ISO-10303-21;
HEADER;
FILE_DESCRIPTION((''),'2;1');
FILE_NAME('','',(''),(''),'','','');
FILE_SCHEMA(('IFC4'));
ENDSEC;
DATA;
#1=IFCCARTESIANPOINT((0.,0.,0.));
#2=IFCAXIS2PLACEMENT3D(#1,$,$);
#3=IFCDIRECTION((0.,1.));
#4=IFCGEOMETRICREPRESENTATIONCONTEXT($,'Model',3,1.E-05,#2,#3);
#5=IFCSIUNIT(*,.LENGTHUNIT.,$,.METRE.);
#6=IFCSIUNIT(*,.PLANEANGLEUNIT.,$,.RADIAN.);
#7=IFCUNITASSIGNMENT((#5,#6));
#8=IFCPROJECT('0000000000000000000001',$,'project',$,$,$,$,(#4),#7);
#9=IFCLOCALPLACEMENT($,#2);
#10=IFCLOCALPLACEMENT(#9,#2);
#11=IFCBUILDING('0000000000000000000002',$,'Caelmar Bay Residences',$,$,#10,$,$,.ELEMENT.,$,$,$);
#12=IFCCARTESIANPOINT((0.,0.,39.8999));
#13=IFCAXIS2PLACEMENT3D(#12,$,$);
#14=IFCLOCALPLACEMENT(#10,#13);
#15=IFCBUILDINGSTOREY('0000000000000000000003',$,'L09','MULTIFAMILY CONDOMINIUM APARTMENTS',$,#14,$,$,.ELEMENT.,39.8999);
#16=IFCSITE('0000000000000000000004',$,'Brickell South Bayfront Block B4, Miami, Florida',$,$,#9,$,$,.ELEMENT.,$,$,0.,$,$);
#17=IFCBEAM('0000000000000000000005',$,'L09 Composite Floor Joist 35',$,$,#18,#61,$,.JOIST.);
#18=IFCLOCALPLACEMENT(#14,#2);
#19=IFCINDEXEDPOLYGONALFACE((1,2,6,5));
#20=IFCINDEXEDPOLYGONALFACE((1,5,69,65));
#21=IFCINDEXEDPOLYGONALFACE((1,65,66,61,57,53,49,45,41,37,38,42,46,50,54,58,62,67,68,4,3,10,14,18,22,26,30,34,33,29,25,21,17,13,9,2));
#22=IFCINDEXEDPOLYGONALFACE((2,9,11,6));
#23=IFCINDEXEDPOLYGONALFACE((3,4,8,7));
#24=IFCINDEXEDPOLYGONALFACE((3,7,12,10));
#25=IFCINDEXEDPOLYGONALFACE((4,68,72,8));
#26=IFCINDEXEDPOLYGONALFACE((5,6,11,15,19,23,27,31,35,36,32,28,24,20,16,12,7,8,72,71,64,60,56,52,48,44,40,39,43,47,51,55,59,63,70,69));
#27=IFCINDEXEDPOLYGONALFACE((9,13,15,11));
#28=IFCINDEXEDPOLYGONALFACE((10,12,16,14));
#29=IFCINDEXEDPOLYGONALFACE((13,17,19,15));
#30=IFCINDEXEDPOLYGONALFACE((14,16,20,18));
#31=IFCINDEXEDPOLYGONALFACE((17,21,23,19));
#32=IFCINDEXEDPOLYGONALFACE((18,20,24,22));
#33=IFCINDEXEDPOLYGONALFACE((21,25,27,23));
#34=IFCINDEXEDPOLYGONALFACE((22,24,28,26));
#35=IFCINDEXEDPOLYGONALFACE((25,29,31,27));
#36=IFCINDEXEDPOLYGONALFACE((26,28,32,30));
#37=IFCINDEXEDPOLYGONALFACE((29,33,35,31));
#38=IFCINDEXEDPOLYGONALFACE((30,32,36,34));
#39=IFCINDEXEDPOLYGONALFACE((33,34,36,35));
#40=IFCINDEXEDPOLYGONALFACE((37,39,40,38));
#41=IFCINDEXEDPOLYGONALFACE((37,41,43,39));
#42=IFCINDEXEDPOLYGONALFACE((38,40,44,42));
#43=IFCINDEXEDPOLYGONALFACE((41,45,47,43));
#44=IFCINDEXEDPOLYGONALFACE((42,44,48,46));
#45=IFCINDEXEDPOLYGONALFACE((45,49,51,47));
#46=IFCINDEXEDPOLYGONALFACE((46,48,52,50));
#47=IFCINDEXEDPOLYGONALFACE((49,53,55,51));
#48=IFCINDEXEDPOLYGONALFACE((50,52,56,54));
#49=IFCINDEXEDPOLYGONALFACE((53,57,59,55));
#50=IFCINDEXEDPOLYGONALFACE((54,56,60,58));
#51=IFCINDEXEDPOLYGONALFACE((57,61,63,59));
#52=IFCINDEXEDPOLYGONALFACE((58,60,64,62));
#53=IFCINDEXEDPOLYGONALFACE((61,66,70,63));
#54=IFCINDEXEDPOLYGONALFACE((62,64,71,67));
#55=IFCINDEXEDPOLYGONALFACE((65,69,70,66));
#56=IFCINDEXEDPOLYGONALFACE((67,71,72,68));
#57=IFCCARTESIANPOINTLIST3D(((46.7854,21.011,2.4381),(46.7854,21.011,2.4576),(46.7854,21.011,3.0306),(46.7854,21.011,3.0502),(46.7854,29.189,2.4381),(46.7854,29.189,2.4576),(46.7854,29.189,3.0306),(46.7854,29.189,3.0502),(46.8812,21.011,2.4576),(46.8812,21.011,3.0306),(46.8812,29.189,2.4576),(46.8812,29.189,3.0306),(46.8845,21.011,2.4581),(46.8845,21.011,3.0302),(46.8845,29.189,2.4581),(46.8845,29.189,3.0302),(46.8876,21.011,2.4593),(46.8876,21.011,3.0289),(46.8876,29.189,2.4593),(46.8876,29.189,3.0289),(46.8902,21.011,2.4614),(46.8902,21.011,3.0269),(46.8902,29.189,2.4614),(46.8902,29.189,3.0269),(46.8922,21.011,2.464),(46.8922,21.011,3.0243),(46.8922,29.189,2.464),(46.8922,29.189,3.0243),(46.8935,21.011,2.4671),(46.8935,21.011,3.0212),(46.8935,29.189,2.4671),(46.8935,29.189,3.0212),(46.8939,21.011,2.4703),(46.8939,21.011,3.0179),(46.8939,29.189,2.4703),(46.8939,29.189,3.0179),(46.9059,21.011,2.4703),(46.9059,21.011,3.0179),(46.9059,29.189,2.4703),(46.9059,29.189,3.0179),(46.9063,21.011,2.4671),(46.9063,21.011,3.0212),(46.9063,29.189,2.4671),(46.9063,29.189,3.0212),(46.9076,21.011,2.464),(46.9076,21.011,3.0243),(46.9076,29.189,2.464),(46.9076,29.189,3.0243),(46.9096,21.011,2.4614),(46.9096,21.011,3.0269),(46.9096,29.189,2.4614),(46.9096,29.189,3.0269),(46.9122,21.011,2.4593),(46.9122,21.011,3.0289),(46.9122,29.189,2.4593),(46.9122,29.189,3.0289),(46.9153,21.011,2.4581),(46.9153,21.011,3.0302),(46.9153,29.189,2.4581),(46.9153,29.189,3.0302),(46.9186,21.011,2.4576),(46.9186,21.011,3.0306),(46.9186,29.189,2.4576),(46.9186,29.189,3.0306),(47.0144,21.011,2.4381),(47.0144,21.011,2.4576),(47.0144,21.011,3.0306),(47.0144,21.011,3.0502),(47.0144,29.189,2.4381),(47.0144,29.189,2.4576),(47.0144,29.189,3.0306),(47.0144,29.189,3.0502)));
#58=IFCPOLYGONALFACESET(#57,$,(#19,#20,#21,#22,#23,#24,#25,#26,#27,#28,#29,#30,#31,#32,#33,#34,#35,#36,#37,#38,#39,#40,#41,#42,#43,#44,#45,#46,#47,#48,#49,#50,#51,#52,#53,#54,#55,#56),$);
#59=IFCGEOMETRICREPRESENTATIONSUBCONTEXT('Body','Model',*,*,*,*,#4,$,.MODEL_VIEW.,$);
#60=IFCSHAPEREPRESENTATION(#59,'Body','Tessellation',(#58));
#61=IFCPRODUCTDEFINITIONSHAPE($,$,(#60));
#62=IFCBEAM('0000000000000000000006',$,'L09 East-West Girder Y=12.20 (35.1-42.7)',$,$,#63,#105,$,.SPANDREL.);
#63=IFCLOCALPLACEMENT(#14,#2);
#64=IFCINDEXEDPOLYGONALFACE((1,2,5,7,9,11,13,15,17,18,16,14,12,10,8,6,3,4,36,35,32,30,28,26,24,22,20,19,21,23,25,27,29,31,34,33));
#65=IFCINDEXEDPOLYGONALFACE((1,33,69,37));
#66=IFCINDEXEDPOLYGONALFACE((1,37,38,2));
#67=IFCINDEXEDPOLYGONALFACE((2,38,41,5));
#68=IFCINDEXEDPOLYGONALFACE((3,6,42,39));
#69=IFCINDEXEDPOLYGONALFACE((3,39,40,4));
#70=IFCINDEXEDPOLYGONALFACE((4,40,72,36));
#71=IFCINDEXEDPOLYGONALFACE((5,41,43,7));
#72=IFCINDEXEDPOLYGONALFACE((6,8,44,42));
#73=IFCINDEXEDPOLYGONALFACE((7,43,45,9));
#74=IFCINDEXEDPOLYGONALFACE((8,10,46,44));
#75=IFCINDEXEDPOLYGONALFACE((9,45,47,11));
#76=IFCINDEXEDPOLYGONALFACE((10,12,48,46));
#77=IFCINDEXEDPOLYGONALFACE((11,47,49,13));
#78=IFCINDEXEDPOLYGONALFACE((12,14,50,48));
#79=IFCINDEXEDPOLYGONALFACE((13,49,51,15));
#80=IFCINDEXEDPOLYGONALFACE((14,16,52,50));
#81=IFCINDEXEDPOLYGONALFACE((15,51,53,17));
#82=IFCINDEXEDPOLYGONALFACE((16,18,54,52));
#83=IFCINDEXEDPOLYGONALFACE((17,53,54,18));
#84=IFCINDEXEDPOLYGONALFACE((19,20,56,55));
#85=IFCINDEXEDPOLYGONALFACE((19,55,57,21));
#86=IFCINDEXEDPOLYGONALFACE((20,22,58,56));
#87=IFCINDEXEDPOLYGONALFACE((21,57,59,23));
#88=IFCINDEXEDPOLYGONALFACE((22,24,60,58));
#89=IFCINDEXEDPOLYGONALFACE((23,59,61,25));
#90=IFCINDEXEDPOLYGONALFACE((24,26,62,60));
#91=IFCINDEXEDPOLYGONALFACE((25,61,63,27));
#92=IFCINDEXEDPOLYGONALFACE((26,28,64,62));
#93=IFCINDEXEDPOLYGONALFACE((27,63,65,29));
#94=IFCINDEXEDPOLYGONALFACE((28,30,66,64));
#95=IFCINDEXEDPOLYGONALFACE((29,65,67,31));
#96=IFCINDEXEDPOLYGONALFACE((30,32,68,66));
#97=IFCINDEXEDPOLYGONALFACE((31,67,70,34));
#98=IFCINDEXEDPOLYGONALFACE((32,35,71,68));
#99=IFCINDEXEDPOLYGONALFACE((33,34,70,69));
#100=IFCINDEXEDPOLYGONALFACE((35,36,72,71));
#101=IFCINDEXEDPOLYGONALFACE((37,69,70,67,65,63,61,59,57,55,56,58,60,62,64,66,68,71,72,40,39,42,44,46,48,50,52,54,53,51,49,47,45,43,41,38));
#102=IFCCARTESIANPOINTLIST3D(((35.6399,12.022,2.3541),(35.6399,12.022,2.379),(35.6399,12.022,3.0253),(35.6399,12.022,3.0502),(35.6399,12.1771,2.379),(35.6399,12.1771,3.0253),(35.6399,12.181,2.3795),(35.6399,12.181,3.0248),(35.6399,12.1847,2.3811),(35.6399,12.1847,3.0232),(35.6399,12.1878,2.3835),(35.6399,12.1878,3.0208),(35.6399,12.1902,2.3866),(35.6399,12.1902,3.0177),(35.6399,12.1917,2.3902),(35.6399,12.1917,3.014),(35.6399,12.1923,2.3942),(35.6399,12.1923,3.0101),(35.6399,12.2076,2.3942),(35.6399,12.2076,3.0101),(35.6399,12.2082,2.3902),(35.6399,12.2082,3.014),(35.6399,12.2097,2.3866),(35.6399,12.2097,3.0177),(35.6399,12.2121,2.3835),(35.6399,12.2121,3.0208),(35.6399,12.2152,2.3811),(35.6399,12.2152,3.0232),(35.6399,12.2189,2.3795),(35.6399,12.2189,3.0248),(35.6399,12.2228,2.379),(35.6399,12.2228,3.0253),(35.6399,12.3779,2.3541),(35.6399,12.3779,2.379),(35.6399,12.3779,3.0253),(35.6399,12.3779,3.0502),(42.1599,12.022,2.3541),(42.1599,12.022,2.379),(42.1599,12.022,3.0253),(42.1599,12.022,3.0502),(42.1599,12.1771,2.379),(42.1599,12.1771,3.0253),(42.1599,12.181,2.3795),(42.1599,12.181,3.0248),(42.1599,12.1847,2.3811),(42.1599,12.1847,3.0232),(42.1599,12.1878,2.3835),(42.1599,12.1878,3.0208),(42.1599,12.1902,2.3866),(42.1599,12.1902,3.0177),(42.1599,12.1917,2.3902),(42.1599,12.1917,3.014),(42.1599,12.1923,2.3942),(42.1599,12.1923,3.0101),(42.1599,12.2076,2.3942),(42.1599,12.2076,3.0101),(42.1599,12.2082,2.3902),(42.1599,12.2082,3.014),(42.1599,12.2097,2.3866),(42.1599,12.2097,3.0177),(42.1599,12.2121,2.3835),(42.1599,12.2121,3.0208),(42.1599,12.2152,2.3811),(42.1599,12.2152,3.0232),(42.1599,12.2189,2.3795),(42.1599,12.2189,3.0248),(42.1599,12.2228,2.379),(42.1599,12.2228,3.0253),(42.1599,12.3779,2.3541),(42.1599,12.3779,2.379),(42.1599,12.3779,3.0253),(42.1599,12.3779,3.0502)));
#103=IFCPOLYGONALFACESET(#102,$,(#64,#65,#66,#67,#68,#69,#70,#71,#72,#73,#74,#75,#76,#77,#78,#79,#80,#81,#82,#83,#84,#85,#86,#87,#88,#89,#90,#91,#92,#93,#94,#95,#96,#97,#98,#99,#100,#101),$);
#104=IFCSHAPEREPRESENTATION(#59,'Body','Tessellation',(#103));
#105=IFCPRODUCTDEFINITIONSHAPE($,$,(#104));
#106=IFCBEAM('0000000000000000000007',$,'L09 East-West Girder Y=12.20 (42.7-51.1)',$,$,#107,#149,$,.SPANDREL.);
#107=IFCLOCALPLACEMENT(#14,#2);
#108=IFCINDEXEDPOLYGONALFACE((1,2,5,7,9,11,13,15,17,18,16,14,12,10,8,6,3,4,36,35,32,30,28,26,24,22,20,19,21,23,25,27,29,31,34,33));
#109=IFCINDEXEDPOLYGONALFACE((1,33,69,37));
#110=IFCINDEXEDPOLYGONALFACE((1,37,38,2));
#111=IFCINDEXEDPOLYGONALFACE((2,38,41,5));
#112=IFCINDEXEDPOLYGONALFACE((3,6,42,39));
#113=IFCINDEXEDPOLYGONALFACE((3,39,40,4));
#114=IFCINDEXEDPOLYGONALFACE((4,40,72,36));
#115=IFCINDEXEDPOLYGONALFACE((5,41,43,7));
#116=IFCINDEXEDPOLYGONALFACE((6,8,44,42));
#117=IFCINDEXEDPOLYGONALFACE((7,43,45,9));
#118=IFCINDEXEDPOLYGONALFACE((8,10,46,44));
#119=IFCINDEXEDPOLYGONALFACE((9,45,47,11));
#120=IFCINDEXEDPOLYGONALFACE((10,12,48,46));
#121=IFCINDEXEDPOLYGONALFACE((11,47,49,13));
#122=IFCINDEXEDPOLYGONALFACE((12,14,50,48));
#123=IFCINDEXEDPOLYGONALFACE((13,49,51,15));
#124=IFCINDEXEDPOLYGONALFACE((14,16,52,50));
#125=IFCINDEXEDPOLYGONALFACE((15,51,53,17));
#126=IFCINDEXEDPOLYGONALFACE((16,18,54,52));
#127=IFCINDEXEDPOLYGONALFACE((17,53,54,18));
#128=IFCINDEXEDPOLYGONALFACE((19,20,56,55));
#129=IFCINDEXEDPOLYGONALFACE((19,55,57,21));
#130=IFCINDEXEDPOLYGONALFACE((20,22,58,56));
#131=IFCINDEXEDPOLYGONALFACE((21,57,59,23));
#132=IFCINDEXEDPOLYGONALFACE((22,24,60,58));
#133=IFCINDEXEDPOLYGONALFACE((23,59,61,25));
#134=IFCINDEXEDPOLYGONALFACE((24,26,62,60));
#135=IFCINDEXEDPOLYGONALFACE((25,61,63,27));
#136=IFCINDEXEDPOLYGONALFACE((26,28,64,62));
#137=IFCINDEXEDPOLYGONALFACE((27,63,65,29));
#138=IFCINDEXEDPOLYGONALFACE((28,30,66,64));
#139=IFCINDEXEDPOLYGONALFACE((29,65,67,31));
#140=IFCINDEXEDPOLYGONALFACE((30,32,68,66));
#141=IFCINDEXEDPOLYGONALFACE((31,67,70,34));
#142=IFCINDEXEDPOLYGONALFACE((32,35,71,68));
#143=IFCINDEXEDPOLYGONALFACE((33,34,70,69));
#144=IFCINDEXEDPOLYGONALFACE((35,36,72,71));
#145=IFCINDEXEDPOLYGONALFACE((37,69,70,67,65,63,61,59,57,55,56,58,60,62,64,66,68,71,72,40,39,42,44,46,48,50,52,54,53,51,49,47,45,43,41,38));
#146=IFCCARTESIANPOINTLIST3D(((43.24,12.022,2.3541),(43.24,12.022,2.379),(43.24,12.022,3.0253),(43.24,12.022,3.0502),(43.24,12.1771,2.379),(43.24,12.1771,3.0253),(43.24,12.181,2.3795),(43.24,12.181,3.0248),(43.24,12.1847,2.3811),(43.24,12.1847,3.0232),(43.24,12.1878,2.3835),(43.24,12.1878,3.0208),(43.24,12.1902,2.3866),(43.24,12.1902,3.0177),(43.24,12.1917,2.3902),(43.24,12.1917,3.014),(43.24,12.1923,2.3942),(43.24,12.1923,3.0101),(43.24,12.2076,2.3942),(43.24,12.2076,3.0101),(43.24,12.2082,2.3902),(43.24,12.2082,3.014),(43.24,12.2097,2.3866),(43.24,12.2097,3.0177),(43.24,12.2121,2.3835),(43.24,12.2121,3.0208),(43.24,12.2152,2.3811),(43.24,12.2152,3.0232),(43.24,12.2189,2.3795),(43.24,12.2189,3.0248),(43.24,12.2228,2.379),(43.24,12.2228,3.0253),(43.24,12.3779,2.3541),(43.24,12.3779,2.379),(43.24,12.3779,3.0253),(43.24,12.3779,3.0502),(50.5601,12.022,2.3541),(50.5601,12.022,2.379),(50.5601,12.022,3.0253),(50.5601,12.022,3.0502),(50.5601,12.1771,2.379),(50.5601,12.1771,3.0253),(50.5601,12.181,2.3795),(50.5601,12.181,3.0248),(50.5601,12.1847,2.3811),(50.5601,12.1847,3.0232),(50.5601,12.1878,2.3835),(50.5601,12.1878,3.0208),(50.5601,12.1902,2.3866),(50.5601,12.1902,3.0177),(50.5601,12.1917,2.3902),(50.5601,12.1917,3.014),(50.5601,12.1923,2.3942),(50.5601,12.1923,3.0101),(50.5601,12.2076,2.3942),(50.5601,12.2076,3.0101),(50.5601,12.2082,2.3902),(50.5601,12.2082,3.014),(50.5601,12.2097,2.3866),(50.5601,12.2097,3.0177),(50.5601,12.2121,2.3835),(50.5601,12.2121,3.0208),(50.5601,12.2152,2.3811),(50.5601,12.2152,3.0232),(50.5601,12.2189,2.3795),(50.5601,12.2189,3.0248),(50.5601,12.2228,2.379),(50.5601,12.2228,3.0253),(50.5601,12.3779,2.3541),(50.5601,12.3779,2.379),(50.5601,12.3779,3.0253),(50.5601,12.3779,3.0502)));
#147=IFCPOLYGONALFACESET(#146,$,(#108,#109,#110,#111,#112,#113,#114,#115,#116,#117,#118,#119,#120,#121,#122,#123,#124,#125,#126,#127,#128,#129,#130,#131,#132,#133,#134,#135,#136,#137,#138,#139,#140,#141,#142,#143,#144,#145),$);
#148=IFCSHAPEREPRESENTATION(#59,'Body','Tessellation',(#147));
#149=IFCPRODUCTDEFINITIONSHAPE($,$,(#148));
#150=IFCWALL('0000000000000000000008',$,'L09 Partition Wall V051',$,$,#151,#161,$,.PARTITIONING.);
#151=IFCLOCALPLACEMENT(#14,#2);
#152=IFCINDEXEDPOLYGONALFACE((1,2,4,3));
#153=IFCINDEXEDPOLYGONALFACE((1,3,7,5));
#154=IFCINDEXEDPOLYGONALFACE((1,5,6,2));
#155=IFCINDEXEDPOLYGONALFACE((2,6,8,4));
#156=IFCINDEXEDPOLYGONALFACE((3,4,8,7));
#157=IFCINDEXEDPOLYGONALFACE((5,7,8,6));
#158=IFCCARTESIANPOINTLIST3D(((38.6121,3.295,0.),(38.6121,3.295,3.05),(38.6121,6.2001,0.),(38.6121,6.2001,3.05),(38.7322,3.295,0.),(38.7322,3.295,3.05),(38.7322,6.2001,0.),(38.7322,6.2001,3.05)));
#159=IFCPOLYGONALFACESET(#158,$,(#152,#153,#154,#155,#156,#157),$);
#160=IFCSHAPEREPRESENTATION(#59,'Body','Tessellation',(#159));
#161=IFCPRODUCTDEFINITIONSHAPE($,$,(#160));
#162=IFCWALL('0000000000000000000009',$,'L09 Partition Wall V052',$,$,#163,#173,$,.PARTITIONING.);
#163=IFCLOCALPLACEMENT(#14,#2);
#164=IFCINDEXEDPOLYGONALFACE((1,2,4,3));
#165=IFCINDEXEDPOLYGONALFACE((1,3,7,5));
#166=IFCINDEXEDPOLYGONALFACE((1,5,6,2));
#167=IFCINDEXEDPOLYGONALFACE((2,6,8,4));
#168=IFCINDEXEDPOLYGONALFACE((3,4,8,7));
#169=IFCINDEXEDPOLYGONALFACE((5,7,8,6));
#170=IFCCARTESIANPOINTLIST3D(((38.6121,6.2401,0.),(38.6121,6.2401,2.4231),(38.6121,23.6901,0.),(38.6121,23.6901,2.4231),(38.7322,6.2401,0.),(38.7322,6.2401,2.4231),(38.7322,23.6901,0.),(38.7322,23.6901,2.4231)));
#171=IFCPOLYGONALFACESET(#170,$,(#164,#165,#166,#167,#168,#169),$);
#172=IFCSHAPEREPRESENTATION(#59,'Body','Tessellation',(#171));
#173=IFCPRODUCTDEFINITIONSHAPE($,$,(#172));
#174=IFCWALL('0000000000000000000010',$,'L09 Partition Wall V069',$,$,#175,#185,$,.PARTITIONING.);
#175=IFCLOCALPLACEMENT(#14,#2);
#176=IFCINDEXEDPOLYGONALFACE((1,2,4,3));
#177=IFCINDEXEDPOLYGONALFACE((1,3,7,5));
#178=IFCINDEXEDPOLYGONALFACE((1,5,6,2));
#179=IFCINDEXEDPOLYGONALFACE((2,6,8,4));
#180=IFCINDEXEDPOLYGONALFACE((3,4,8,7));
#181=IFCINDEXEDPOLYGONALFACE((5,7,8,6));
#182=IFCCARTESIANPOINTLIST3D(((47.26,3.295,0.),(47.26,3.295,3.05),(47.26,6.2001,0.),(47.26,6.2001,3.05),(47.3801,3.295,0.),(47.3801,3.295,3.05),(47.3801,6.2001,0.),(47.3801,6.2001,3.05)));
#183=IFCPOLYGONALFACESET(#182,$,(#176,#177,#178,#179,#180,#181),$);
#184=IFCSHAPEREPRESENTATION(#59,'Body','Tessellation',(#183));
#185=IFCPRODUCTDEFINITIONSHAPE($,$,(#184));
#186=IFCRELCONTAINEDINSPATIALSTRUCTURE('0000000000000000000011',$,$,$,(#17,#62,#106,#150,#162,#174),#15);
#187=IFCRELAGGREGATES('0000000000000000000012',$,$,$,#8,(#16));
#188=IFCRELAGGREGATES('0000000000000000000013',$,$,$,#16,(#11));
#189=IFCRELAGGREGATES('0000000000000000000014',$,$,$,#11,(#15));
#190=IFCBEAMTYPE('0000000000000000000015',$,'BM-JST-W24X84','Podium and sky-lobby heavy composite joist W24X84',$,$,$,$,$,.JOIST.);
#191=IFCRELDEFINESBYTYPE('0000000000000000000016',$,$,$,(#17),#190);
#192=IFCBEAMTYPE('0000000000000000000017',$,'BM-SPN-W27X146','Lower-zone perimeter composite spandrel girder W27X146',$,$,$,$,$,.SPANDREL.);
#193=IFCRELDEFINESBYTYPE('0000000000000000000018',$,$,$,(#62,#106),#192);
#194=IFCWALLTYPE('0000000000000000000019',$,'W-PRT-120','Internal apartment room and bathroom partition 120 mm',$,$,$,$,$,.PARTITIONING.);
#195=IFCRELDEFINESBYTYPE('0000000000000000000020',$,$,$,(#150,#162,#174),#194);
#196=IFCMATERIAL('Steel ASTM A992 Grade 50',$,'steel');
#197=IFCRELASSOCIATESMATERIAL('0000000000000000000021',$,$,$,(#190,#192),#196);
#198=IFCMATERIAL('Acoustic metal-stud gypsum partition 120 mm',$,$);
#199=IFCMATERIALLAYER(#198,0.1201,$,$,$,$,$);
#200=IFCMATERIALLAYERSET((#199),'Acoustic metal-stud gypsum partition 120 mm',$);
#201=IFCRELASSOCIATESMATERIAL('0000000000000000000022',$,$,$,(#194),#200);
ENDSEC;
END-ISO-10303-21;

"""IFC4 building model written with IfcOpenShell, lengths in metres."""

from ifc_helpers import new_model, si_unit, direction, frame, frame_2d, origin, origin_2d, place, context, subcontext, project, spatial, rectangle, i_section, extrude, material, layer, layer_set, material_profile, profile_set, type_object, element, save


model = new_model("IFC4")

# Units and contexts
model_context = context("Model", 3, precision=1e-05, world=origin(), true_north=direction((0.0, 1.0)))
body_context = subcontext(model_context, "Body", "Model", "MODEL_VIEW")
ifc_project = project(units=[si_unit("LENGTHUNIT", "METRE"), si_unit("PLANEANGLEUNIT", "RADIAN")], contexts=[model_context])

# Site, building, storey
site_placement = place(None, origin())
site = spatial("IfcSite", under=ifc_project, at=site_placement, Name="Brickell South Bayfront Block B4, Miami, Florida", CompositionType="ELEMENT", RefElevation=0.0)
building_placement = place(site_placement, origin())
building = spatial("IfcBuilding", under=site, at=building_placement, Name="Caelmar Bay Residences", CompositionType="ELEMENT")
storey_placement = place(building_placement, frame((0.0, 0.0, 39.8999)))
storey = spatial("IfcBuildingStorey", under=building, at=storey_placement, Name="L09", Description="MULTIFAMILY CONDOMINIUM APARTMENTS", CompositionType="ELEMENT", Elevation=39.8999)

# Beams
ifc_material_1 = material(Name="Steel ASTM A992 Grade 50", Category="steel")
ifc_material_profile_1 = material_profile(ifc_material_1, i_section(OverallWidth=0.229, OverallDepth=0.6121, WebThickness=0.012, FlangeThickness=0.0195, FilletRadius=0.0127, at=origin_2d()), Name="W24X84")
ifc_profile_set_1 = profile_set([ifc_material_profile_1], Name="Steel ASTM A992 Grade 50")
beam_type_1 = type_object("IfcBeamType", Name="BM-JST-W24X84", Description="Podium and sky-lobby heavy composite joist W24X84", PredefinedType="JOIST", material=ifc_profile_set_1)
for number, where, z_axis, x_axis, name in (
    (1, (46.8999, 21.011, 2.7441), (0.0, 1.0, 0.0), (-1.0, 0.0, 0.0), "L09 Composite Floor Joist 35"),
):
    element("IfcBeam", number, at=place(storey_placement, frame(where, z_axis=z_axis, x_axis=x_axis)), inside=storey, type_object=beam_type_1, Name=name, PredefinedType="JOIST", context=body_context, shape_type="SweptSolid", body=[
        extrude(i_section(OverallWidth=0.229, OverallDepth=0.6121, WebThickness=0.012, FlangeThickness=0.0195, FilletRadius=0.0127, at=origin_2d()), origin(), (0.0, 0.0, 1.0), 8.178),
    ])
ifc_material_profile_2 = material_profile(ifc_material_1, i_section(OverallWidth=0.356, OverallDepth=0.696, WebThickness=0.0154, FlangeThickness=0.0249, FilletRadius=0.0151, at=origin_2d()), Name="W27X146")
ifc_profile_set_2 = profile_set([ifc_material_profile_2], Name="Steel ASTM A992 Grade 50")
beam_type_2 = type_object("IfcBeamType", Name="BM-SPN-W27X146", Description="Lower-zone perimeter composite spandrel girder W27X146", PredefinedType="SPANDREL", material=ifc_profile_set_2)
beam_1_placement = place(storey_placement, frame((35.6399, 12.2, 2.7021), z_axis=(1.0, 0.0, 0.0), x_axis=(0.0, 1.0, 0.0)))
element("IfcBeam", 2, at=beam_1_placement, inside=storey, type_object=beam_type_2, Name="L09 East-West Girder Y=12.20 (35.1-42.7)", PredefinedType="SPANDREL", context=body_context, shape_type="SweptSolid", body=[
    extrude(i_section(OverallWidth=0.356, OverallDepth=0.696, WebThickness=0.0154, FlangeThickness=0.0249, FilletRadius=0.0151, at=origin_2d()), origin(), (0.0, 0.0, 1.0), 6.52),
])
beam_2_placement = place(storey_placement, frame((43.24, 12.2, 2.7021), z_axis=(1.0, 0.0, 0.0), x_axis=(0.0, 1.0, 0.0)))
element("IfcBeam", 3, at=beam_2_placement, inside=storey, type_object=beam_type_2, Name="L09 East-West Girder Y=12.20 (42.7-51.1)", PredefinedType="SPANDREL", context=body_context, shape_type="SweptSolid", body=[
    extrude(i_section(OverallWidth=0.356, OverallDepth=0.696, WebThickness=0.0154, FlangeThickness=0.0249, FilletRadius=0.0151, at=origin_2d()), origin(), (0.0, 0.0, 1.0), 7.3201),
])

# Walls
ifc_material_2 = material(Name="Acoustic metal-stud gypsum partition 120 mm")
ifc_layer_1 = layer(ifc_material_2, 0.1201)
ifc_layer_set_1 = layer_set([ifc_layer_1], Name="Acoustic metal-stud gypsum partition 120 mm")
wall_type_1 = type_object("IfcWallType", Name="W-PRT-120", Description="Internal apartment room and bathroom partition 120 mm", PredefinedType="PARTITIONING", material=ifc_layer_set_1)
wall_1_placement = place(storey_placement, frame((38.6721, 3.2949, 0.0), z_axis=(0.0, 0.0, 1.0), x_axis=(0.0, 1.0, 0.0)))
element("IfcWall", 4, at=wall_1_placement, inside=storey, type_object=wall_type_1, Name="L09 Partition Wall V051", PredefinedType="PARTITIONING", context=body_context, shape_type="SweptSolid", body=[
    extrude(rectangle(XDim=2.905, YDim=0.1201, at=frame_2d((1.4526, 0.0))), origin(), (0.0, 0.0, 1.0), 3.05),
])
wall_2_placement = place(storey_placement, frame((38.6721, 6.24, 0.0), z_axis=(0.0, 0.0, 1.0), x_axis=(0.0, 1.0, 0.0)))
element("IfcWall", 5, at=wall_2_placement, inside=storey, type_object=wall_type_1, Name="L09 Partition Wall V052", PredefinedType="PARTITIONING", context=body_context, shape_type="SweptSolid", body=[
    extrude(rectangle(XDim=17.45, YDim=0.1201, at=frame_2d((8.7251, 0.0))), origin(), (0.0, 0.0, 1.0), 2.4231),
])
wall_3_placement = place(storey_placement, frame((47.3201, 3.2949, 0.0), z_axis=(0.0, 0.0, 1.0), x_axis=(0.0, 1.0, 0.0)))
element("IfcWall", 6, at=wall_3_placement, inside=storey, type_object=wall_type_1, Name="L09 Partition Wall V069", PredefinedType="PARTITIONING", context=body_context, shape_type="SweptSolid", body=[
    extrude(rectangle(XDim=2.905, YDim=0.1201, at=frame_2d((1.4526, 0.0))), origin(), (0.0, 0.0, 1.0), 3.05),
])

save(model, "model.ifc")
